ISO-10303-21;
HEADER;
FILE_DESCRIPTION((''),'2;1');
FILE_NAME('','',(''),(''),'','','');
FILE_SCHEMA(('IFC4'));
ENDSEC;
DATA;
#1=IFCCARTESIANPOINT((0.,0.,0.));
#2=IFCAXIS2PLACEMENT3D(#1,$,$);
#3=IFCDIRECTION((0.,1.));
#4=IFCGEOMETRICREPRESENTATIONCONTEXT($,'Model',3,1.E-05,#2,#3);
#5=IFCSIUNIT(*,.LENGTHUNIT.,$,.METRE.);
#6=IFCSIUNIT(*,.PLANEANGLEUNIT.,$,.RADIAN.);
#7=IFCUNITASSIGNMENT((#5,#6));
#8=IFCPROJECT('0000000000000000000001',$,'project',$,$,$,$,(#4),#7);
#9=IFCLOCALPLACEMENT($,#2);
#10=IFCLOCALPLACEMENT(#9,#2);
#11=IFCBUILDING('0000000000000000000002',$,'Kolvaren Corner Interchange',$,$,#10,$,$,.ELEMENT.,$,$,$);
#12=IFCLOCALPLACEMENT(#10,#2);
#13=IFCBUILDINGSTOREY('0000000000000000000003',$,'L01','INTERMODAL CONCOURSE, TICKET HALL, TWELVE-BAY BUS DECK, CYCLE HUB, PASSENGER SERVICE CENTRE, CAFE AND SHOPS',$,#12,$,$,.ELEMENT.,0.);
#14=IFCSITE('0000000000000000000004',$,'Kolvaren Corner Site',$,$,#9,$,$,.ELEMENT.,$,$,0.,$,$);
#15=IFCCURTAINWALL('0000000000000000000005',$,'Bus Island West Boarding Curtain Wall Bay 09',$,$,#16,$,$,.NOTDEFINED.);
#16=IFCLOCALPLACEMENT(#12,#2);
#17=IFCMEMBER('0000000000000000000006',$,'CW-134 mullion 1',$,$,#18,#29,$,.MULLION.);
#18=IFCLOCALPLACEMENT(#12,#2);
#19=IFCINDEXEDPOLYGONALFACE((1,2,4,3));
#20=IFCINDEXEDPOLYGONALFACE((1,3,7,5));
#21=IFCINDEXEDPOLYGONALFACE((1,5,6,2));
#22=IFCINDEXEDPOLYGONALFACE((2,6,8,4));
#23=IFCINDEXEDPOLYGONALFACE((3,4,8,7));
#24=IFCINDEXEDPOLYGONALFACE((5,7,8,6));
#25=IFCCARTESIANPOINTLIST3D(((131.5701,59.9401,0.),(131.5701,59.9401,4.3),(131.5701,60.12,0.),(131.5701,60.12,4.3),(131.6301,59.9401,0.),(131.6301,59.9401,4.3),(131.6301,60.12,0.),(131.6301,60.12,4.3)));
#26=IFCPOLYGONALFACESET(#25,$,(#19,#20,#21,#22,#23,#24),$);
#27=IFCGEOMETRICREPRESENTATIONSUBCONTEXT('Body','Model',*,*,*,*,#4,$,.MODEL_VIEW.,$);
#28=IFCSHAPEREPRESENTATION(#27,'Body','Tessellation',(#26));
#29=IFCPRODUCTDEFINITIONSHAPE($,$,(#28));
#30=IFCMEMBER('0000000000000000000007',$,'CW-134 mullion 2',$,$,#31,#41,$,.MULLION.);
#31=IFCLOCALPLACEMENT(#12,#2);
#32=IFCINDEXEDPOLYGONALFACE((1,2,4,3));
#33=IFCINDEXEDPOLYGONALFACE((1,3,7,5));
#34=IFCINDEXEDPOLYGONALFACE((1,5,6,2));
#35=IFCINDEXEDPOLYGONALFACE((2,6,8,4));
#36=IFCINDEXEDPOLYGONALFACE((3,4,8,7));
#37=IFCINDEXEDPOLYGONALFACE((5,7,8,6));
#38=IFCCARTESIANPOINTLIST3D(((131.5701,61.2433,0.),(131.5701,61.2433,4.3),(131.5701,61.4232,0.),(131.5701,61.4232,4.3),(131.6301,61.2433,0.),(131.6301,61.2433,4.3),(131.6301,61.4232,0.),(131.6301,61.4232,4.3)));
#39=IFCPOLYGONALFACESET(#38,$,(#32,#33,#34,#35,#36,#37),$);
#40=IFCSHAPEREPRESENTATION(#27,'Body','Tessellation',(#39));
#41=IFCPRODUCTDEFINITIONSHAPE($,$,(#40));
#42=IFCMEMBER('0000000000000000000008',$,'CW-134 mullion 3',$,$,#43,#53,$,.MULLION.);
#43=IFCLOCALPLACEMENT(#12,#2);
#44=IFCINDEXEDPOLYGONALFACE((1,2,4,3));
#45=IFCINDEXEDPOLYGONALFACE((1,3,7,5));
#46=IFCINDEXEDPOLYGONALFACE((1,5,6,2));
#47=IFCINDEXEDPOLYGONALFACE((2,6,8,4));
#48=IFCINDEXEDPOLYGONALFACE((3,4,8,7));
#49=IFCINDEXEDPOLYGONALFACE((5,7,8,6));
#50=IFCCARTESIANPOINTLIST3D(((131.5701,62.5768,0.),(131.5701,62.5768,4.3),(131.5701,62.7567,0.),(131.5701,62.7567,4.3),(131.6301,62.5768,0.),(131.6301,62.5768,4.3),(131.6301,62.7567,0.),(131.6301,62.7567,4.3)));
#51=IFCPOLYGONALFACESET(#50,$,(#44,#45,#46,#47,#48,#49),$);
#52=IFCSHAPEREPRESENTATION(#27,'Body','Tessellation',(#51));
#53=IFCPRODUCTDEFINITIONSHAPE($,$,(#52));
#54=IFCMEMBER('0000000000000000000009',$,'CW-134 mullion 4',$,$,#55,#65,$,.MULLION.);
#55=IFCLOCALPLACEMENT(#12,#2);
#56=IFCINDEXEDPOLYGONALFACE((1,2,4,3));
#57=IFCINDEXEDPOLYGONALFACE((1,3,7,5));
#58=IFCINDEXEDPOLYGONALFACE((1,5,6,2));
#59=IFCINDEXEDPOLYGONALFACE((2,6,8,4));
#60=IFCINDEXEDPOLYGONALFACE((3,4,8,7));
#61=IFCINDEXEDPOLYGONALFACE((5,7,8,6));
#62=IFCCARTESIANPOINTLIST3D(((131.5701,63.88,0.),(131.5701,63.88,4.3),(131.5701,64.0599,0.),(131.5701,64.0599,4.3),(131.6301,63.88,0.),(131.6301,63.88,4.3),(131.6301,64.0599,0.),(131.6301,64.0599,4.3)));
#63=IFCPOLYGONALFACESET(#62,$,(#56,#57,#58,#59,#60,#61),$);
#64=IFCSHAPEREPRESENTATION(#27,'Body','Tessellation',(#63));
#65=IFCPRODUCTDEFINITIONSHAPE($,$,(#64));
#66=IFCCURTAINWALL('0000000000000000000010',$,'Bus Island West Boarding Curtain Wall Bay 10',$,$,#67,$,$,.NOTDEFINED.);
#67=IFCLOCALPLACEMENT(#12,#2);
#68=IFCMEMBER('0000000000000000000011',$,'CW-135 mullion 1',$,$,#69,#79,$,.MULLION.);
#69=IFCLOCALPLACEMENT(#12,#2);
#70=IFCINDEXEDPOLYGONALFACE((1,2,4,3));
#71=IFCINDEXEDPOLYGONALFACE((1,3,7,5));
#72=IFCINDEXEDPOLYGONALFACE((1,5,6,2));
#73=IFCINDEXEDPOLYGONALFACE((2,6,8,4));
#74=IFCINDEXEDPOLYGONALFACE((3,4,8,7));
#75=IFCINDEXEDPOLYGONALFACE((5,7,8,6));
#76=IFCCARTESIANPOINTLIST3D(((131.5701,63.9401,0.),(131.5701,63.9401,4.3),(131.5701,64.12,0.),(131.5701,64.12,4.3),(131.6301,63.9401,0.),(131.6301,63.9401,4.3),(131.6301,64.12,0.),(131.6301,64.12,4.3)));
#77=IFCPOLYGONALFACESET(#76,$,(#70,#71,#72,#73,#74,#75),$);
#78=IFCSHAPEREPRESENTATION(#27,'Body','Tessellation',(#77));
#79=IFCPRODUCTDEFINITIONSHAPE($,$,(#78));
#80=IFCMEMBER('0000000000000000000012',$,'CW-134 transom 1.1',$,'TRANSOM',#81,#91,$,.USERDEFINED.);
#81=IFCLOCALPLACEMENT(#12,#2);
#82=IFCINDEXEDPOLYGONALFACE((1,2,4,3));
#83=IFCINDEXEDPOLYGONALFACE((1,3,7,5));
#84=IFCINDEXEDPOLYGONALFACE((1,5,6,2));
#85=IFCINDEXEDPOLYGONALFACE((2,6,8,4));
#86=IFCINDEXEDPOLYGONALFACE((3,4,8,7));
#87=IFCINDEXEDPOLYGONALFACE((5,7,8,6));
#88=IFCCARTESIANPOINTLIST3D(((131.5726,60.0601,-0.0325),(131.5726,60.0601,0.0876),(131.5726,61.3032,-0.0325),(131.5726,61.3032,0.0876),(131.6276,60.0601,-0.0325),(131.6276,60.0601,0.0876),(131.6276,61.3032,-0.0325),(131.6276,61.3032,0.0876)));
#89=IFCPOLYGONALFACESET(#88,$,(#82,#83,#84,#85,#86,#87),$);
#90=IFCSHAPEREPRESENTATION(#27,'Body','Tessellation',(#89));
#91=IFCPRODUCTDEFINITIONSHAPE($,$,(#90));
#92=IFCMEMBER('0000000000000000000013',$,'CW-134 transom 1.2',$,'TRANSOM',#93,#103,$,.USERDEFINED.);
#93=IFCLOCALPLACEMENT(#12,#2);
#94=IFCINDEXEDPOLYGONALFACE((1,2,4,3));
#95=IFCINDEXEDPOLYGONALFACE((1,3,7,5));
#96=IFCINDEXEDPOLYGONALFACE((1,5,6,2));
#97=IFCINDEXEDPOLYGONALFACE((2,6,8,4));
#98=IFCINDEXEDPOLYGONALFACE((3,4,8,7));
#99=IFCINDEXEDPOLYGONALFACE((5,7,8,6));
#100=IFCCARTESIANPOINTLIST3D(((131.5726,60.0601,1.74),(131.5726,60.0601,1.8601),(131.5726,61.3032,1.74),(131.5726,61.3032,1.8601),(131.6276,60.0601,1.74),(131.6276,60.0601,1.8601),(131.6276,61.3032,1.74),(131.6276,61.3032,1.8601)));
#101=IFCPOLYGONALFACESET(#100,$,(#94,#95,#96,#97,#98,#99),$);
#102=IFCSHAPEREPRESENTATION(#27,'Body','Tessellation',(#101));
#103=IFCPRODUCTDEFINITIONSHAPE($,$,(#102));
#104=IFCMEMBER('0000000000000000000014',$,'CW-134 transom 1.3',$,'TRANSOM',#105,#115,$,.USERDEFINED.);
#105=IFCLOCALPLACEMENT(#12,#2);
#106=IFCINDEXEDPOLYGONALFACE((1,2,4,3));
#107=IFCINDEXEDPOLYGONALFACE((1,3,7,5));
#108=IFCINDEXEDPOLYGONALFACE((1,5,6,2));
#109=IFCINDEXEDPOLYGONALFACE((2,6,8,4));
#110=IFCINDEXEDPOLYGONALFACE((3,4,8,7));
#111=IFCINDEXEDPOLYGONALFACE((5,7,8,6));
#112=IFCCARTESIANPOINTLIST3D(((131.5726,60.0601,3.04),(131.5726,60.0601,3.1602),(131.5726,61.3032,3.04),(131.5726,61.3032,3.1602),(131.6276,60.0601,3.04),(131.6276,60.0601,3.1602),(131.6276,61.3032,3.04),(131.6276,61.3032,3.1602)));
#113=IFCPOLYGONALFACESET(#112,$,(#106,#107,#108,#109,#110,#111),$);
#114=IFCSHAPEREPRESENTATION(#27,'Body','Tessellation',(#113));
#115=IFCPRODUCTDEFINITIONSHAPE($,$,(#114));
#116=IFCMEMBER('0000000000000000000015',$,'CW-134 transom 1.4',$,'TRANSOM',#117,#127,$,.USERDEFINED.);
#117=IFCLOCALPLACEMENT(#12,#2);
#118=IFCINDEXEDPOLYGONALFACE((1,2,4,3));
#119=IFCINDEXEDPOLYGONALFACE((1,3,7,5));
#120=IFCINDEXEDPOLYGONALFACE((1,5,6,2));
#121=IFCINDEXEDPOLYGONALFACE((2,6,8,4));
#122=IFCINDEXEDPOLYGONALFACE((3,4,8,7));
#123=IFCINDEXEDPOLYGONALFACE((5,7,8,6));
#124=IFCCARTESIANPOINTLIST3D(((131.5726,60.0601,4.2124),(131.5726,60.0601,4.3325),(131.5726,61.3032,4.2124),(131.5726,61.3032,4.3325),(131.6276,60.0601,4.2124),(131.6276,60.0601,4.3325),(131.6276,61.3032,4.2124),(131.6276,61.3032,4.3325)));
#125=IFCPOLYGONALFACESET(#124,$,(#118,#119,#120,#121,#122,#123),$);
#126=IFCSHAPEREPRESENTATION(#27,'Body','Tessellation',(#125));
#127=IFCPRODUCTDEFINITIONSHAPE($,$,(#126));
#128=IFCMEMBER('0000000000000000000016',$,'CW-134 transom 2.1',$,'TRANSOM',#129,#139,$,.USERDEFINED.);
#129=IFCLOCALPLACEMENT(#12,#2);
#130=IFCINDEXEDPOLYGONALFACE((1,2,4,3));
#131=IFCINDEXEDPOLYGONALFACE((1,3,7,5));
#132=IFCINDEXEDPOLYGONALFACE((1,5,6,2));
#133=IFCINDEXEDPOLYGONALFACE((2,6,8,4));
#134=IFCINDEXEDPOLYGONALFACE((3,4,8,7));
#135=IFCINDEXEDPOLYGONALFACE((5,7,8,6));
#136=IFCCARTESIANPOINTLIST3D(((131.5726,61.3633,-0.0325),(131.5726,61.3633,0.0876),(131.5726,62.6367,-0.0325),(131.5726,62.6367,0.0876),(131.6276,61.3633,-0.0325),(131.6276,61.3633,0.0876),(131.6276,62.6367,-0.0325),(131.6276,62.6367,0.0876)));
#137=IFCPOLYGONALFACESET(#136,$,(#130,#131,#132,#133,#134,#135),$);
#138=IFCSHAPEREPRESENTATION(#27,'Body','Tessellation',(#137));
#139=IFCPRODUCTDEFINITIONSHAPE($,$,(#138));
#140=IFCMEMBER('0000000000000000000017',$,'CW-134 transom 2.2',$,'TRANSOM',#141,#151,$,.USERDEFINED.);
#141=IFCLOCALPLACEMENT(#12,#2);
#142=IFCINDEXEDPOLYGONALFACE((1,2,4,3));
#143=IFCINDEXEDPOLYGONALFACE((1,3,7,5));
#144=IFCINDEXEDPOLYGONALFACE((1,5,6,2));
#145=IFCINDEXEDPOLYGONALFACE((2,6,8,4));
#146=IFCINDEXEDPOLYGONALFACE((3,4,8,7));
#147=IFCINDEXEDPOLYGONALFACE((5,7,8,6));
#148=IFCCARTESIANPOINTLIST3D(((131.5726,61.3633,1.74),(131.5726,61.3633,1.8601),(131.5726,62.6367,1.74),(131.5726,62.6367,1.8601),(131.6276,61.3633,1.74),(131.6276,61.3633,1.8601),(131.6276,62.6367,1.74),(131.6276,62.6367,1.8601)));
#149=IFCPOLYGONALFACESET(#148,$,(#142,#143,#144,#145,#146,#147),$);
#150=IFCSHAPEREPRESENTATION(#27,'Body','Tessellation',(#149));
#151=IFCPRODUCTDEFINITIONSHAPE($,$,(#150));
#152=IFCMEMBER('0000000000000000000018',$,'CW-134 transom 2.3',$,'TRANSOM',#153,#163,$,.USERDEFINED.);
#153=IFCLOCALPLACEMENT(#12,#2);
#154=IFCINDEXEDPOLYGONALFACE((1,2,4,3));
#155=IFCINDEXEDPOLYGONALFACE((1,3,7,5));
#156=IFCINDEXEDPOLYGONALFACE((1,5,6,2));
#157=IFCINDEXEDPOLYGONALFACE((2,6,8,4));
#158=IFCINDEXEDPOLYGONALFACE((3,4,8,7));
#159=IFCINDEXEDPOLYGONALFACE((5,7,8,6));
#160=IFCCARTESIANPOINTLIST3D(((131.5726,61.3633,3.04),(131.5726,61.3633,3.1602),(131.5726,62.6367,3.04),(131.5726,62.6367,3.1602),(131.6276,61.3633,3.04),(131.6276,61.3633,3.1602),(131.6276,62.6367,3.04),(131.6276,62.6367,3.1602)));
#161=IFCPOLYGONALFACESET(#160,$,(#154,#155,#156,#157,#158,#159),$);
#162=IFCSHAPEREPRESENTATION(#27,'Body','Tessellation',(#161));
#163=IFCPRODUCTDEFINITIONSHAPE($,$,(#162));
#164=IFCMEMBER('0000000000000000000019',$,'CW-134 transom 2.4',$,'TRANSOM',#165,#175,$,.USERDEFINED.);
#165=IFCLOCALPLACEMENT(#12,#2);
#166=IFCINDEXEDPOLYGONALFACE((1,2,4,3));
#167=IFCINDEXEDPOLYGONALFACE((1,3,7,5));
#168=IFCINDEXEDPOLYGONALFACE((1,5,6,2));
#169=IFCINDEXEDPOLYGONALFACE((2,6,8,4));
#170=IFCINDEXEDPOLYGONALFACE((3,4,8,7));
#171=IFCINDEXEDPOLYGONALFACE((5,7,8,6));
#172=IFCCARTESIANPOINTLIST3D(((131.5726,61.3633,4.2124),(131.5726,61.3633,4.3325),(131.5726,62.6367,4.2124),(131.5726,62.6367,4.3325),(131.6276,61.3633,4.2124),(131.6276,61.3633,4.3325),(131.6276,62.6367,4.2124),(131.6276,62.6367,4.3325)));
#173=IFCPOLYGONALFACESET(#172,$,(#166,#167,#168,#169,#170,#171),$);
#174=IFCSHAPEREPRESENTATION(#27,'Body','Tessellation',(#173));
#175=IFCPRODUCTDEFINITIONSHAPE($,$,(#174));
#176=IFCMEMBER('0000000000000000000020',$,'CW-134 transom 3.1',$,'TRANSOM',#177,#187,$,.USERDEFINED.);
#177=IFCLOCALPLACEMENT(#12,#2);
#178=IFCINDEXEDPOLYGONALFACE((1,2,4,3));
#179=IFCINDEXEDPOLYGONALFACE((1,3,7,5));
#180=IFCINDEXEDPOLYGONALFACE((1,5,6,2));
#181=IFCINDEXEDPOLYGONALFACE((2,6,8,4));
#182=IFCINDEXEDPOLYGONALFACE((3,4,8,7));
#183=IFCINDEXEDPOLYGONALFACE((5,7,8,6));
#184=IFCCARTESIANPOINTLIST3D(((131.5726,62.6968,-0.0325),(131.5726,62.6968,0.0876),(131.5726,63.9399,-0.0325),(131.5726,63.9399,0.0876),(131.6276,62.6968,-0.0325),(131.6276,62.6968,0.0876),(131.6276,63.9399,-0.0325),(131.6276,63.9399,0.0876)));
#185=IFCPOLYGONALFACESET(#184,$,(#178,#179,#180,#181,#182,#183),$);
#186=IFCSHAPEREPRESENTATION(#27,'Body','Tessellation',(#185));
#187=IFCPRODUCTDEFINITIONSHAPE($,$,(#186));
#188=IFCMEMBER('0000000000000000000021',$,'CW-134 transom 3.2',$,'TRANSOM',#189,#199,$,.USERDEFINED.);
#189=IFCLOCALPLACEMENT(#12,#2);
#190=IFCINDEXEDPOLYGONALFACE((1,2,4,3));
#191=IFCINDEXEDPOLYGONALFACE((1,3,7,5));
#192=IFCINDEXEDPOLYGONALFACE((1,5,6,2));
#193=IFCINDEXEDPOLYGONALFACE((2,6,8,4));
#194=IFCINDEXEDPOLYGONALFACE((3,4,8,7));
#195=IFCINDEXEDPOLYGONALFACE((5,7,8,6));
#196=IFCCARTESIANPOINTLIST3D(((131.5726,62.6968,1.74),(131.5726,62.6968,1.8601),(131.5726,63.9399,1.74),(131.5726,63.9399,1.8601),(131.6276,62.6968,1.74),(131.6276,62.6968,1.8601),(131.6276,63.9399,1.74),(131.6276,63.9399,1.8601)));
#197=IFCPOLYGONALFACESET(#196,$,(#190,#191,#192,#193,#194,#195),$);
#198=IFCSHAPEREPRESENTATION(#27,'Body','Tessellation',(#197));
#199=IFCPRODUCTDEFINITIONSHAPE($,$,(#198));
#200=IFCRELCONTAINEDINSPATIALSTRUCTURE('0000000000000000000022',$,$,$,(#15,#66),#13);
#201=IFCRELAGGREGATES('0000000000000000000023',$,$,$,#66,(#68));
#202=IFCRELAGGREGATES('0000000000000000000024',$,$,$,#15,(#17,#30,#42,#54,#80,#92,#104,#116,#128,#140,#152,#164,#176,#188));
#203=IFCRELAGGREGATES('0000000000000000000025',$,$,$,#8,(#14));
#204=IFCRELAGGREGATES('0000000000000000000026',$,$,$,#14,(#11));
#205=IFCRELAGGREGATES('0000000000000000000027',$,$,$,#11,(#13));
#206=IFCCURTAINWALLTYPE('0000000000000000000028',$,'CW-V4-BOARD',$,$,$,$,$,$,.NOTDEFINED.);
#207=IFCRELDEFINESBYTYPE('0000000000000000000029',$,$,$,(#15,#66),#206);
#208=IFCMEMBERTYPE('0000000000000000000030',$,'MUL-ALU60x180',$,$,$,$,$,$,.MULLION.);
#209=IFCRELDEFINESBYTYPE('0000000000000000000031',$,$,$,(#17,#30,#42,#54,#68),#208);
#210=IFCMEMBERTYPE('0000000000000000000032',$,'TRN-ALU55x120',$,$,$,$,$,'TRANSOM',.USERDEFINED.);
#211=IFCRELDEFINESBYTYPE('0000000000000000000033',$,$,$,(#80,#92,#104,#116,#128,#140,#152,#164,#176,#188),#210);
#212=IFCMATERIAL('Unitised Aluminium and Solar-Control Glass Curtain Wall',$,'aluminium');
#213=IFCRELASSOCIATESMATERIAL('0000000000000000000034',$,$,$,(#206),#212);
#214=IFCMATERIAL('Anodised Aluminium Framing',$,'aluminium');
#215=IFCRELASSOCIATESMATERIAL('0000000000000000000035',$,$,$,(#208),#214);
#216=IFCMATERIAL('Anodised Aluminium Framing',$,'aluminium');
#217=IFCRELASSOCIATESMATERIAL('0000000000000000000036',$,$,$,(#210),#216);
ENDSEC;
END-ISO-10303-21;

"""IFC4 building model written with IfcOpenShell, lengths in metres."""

from ifc_helpers import new_model, si_unit, direction, frame, origin, origin_2d, place, context, subcontext, project, spatial, rectangle, extrude, material, material_profile, profile_set, type_object, element, aggregate, save


model = new_model("IFC4")

# Units and contexts
model_context = context("Model", 3, precision=1e-05, world=origin(), true_north=direction((0.0, 1.0)))
body_context = subcontext(model_context, "Body", "Model", "MODEL_VIEW")
ifc_project = project(units=[si_unit("LENGTHUNIT", "METRE"), si_unit("PLANEANGLEUNIT", "RADIAN")], contexts=[model_context])

# Site, building, storey
site_placement = place(None, origin())
site = spatial("IfcSite", under=ifc_project, at=site_placement, Name="Kolvaren Corner Site", CompositionType="ELEMENT", RefElevation=0.0)
building_placement = place(site_placement, origin())
building = spatial("IfcBuilding", under=site, at=building_placement, Name="Kolvaren Corner Interchange", CompositionType="ELEMENT")
storey_placement = place(building_placement, origin())
storey = spatial("IfcBuildingStorey", under=building, at=storey_placement, Name="L01", Description="INTERMODAL CONCOURSE, TICKET HALL, TWELVE-BAY BUS DECK, CYCLE HUB, PASSENGER SERVICE CENTRE, CAFE AND SHOPS", CompositionType="ELEMENT", Elevation=0.0)

# Curtain wall, members
ifc_material_1 = material(Name="Unitised Aluminium and Solar-Control Glass Curtain Wall", Category="aluminium")
curtain_wall_type = type_object("IfcCurtainWallType", Name="CW-V4-BOARD", PredefinedType="NOTDEFINED", material=ifc_material_1)
curtain_wall_1_placement = place(storey_placement, origin())
curtain_wall_1 = element("IfcCurtainWall", 1, at=curtain_wall_1_placement, inside=storey, type_object=curtain_wall_type, Name="Bus Island West Boarding Curtain Wall Bay 09", PredefinedType="NOTDEFINED")
ifc_material_2 = material(Name="Anodised Aluminium Framing", Category="aluminium")
ifc_material_profile_1 = material_profile(ifc_material_2, rectangle(XDim=0.0601, YDim=0.1799, at=origin_2d()), Name="ALU 60x180")
ifc_profile_set_1 = profile_set([ifc_material_profile_1], Name="Anodised Aluminium Framing")
member_type_1 = type_object("IfcMemberType", Name="MUL-ALU60x180", PredefinedType="MULLION", material=ifc_profile_set_1)
member_1_placement = place(storey_placement, frame((131.6001, 60.03, 0.0), z_axis=(0.0, 0.0, 1.0), x_axis=(-1.0, 0.0, 0.0)))
member_1 = element("IfcMember", 2, at=member_1_placement, type_object=member_type_1, Name="CW-134 mullion 1", PredefinedType="MULLION", context=body_context, shape_type="SweptSolid", body=[
    extrude(rectangle(XDim=0.0601, YDim=0.1799, at=origin_2d()), origin(), (0.0, 0.0, 1.0), 4.3),
])
member_2_placement = place(storey_placement, frame((131.6001, 61.3333, 0.0), z_axis=(0.0, 0.0, 1.0), x_axis=(-1.0, 0.0, 0.0)))
member_2 = element("IfcMember", 3, at=member_2_placement, type_object=member_type_1, Name="CW-134 mullion 2", PredefinedType="MULLION", context=body_context, shape_type="SweptSolid", body=[
    extrude(rectangle(XDim=0.0601, YDim=0.1799, at=origin_2d()), origin(), (0.0, 0.0, 1.0), 4.3),
])
member_3_placement = place(storey_placement, frame((131.6001, 62.6667, 0.0), z_axis=(0.0, 0.0, 1.0), x_axis=(-1.0, 0.0, 0.0)))
member_3 = element("IfcMember", 4, at=member_3_placement, type_object=member_type_1, Name="CW-134 mullion 3", PredefinedType="MULLION", context=body_context, shape_type="SweptSolid", body=[
    extrude(rectangle(XDim=0.0601, YDim=0.1799, at=origin_2d()), origin(), (0.0, 0.0, 1.0), 4.3),
])
member_4_placement = place(storey_placement, frame((131.6001, 63.97, 0.0), z_axis=(0.0, 0.0, 1.0), x_axis=(-1.0, 0.0, 0.0)))
member_4 = element("IfcMember", 5, at=member_4_placement, type_object=member_type_1, Name="CW-134 mullion 4", PredefinedType="MULLION", context=body_context, shape_type="SweptSolid", body=[
    extrude(rectangle(XDim=0.0601, YDim=0.1799, at=origin_2d()), origin(), (0.0, 0.0, 1.0), 4.3),
])

# Curtain wall, member
curtain_wall_2_placement = place(storey_placement, origin())
curtain_wall_2 = element("IfcCurtainWall", 6, at=curtain_wall_2_placement, inside=storey, type_object=curtain_wall_type, Name="Bus Island West Boarding Curtain Wall Bay 10", PredefinedType="NOTDEFINED")
member_5_placement = place(storey_placement, frame((131.6001, 64.03, 0.0), z_axis=(0.0, 0.0, 1.0), x_axis=(-1.0, 0.0, 0.0)))
member_5 = element("IfcMember", 7, at=member_5_placement, type_object=member_type_1, Name="CW-135 mullion 1", PredefinedType="MULLION", context=body_context, shape_type="SweptSolid", body=[
    extrude(rectangle(XDim=0.0601, YDim=0.1799, at=origin_2d()), origin(), (0.0, 0.0, 1.0), 4.3),
])
aggregate(curtain_wall_2, [member_5])

# Members
ifc_material_3 = material(Name="Anodised Aluminium Framing", Category="aluminium")
ifc_material_profile_2 = material_profile(ifc_material_3, rectangle(XDim=0.0549, YDim=0.1201, at=origin_2d()), Name="ALU 55x120")
ifc_profile_set_2 = profile_set([ifc_material_profile_2], Name="Anodised Aluminium Framing")
member_type_2 = type_object("IfcMemberType", Name="TRN-ALU55x120", ElementType="TRANSOM", PredefinedType="USERDEFINED", material=ifc_profile_set_2)
member_6_placement = place(storey_placement, frame((131.6001, 60.0601, 0.0276), z_axis=(0.0, 1.0, 0.0), x_axis=(-1.0, 0.0, 0.0)))
member_6 = element("IfcMember", 8, at=member_6_placement, type_object=member_type_2, Name="CW-134 transom 1.1", ObjectType="TRANSOM", PredefinedType="USERDEFINED", context=body_context, shape_type="SweptSolid", body=[
    extrude(rectangle(XDim=0.0549, YDim=0.1201, at=origin_2d()), origin(), (0.0, 0.0, 1.0), 1.2432),
])
member_7_placement = place(storey_placement, frame((131.6001, 60.0601, 1.8), z_axis=(0.0, 1.0, 0.0), x_axis=(-1.0, 0.0, 0.0)))
member_7 = element("IfcMember", 9, at=member_7_placement, type_object=member_type_2, Name="CW-134 transom 1.2", ObjectType="TRANSOM", PredefinedType="USERDEFINED", context=body_context, shape_type="SweptSolid", body=[
    extrude(rectangle(XDim=0.0549, YDim=0.1201, at=origin_2d()), origin(), (0.0, 0.0, 1.0), 1.2432),
])
member_8_placement = place(storey_placement, frame((131.6001, 60.0601, 3.1001), z_axis=(0.0, 1.0, 0.0), x_axis=(-1.0, 0.0, 0.0)))
member_8 = element("IfcMember", 10, at=member_8_placement, type_object=member_type_2, Name="CW-134 transom 1.3", ObjectType="TRANSOM", PredefinedType="USERDEFINED", context=body_context, shape_type="SweptSolid", body=[
    extrude(rectangle(XDim=0.0549, YDim=0.1201, at=origin_2d()), origin(), (0.0, 0.0, 1.0), 1.2432),
])
member_9_placement = place(storey_placement, frame((131.6001, 60.0601, 4.2725), z_axis=(0.0, 1.0, 0.0), x_axis=(-1.0, 0.0, 0.0)))
member_9 = element("IfcMember", 11, at=member_9_placement, type_object=member_type_2, Name="CW-134 transom 1.4", ObjectType="TRANSOM", PredefinedType="USERDEFINED", context=body_context, shape_type="SweptSolid", body=[
    extrude(rectangle(XDim=0.0549, YDim=0.1201, at=origin_2d()), origin(), (0.0, 0.0, 1.0), 1.2432),
])
member_10_placement = place(storey_placement, frame((131.6001, 61.3633, 0.0276), z_axis=(0.0, 1.0, 0.0), x_axis=(-1.0, 0.0, 0.0)))
member_10 = element("IfcMember", 12, at=member_10_placement, type_object=member_type_2, Name="CW-134 transom 2.1", ObjectType="TRANSOM", PredefinedType="USERDEFINED", context=body_context, shape_type="SweptSolid", body=[
    extrude(rectangle(XDim=0.0549, YDim=0.1201, at=origin_2d()), origin(), (0.0, 0.0, 1.0), 1.2734),
])
member_11_placement = place(storey_placement, frame((131.6001, 61.3633, 1.8), z_axis=(0.0, 1.0, 0.0), x_axis=(-1.0, 0.0, 0.0)))
member_11 = element("IfcMember", 13, at=member_11_placement, type_object=member_type_2, Name="CW-134 transom 2.2", ObjectType="TRANSOM", PredefinedType="USERDEFINED", context=body_context, shape_type="SweptSolid", body=[
    extrude(rectangle(XDim=0.0549, YDim=0.1201, at=origin_2d()), origin(), (0.0, 0.0, 1.0), 1.2734),
])
member_12_placement = place(storey_placement, frame((131.6001, 61.3633, 3.1001), z_axis=(0.0, 1.0, 0.0), x_axis=(-1.0, 0.0, 0.0)))
member_12 = element("IfcMember", 14, at=member_12_placement, type_object=member_type_2, Name="CW-134 transom 2.3", ObjectType="TRANSOM", PredefinedType="USERDEFINED", context=body_context, shape_type="SweptSolid", body=[
    extrude(rectangle(XDim=0.0549, YDim=0.1201, at=origin_2d()), origin(), (0.0, 0.0, 1.0), 1.2734),
])
member_13_placement = place(storey_placement, frame((131.6001, 61.3633, 4.2725), z_axis=(0.0, 1.0, 0.0), x_axis=(-1.0, 0.0, 0.0)))
member_13 = element("IfcMember", 15, at=member_13_placement, type_object=member_type_2, Name="CW-134 transom 2.4", ObjectType="TRANSOM", PredefinedType="USERDEFINED", context=body_context, shape_type="SweptSolid", body=[
    extrude(rectangle(XDim=0.0549, YDim=0.1201, at=origin_2d()), origin(), (0.0, 0.0, 1.0), 1.2734),
])
member_14_placement = place(storey_placement, frame((131.6001, 62.6968, 0.0276), z_axis=(0.0, 1.0, 0.0), x_axis=(-1.0, 0.0, 0.0)))
member_14 = element("IfcMember", 16, at=member_14_placement, type_object=member_type_2, Name="CW-134 transom 3.1", ObjectType="TRANSOM", PredefinedType="USERDEFINED", context=body_context, shape_type="SweptSolid", body=[
    extrude(rectangle(XDim=0.0549, YDim=0.1201, at=origin_2d()), origin(), (0.0, 0.0, 1.0), 1.2432),
])
member_15_placement = place(storey_placement, frame((131.6001, 62.6968, 1.8), z_axis=(0.0, 1.0, 0.0), x_axis=(-1.0, 0.0, 0.0)))
member_15 = element("IfcMember", 17, at=member_15_placement, type_object=member_type_2, Name="CW-134 transom 3.2", ObjectType="TRANSOM", PredefinedType="USERDEFINED", context=body_context, shape_type="SweptSolid", body=[
    extrude(rectangle(XDim=0.0549, YDim=0.1201, at=origin_2d()), origin(), (0.0, 0.0, 1.0), 1.2432),
])

aggregate(curtain_wall_1, [member_1, member_2, member_3, member_4, member_6, member_7, member_8, member_9, member_10, member_11, member_12, member_13, member_14, member_15])

save(model, "model.ifc")
